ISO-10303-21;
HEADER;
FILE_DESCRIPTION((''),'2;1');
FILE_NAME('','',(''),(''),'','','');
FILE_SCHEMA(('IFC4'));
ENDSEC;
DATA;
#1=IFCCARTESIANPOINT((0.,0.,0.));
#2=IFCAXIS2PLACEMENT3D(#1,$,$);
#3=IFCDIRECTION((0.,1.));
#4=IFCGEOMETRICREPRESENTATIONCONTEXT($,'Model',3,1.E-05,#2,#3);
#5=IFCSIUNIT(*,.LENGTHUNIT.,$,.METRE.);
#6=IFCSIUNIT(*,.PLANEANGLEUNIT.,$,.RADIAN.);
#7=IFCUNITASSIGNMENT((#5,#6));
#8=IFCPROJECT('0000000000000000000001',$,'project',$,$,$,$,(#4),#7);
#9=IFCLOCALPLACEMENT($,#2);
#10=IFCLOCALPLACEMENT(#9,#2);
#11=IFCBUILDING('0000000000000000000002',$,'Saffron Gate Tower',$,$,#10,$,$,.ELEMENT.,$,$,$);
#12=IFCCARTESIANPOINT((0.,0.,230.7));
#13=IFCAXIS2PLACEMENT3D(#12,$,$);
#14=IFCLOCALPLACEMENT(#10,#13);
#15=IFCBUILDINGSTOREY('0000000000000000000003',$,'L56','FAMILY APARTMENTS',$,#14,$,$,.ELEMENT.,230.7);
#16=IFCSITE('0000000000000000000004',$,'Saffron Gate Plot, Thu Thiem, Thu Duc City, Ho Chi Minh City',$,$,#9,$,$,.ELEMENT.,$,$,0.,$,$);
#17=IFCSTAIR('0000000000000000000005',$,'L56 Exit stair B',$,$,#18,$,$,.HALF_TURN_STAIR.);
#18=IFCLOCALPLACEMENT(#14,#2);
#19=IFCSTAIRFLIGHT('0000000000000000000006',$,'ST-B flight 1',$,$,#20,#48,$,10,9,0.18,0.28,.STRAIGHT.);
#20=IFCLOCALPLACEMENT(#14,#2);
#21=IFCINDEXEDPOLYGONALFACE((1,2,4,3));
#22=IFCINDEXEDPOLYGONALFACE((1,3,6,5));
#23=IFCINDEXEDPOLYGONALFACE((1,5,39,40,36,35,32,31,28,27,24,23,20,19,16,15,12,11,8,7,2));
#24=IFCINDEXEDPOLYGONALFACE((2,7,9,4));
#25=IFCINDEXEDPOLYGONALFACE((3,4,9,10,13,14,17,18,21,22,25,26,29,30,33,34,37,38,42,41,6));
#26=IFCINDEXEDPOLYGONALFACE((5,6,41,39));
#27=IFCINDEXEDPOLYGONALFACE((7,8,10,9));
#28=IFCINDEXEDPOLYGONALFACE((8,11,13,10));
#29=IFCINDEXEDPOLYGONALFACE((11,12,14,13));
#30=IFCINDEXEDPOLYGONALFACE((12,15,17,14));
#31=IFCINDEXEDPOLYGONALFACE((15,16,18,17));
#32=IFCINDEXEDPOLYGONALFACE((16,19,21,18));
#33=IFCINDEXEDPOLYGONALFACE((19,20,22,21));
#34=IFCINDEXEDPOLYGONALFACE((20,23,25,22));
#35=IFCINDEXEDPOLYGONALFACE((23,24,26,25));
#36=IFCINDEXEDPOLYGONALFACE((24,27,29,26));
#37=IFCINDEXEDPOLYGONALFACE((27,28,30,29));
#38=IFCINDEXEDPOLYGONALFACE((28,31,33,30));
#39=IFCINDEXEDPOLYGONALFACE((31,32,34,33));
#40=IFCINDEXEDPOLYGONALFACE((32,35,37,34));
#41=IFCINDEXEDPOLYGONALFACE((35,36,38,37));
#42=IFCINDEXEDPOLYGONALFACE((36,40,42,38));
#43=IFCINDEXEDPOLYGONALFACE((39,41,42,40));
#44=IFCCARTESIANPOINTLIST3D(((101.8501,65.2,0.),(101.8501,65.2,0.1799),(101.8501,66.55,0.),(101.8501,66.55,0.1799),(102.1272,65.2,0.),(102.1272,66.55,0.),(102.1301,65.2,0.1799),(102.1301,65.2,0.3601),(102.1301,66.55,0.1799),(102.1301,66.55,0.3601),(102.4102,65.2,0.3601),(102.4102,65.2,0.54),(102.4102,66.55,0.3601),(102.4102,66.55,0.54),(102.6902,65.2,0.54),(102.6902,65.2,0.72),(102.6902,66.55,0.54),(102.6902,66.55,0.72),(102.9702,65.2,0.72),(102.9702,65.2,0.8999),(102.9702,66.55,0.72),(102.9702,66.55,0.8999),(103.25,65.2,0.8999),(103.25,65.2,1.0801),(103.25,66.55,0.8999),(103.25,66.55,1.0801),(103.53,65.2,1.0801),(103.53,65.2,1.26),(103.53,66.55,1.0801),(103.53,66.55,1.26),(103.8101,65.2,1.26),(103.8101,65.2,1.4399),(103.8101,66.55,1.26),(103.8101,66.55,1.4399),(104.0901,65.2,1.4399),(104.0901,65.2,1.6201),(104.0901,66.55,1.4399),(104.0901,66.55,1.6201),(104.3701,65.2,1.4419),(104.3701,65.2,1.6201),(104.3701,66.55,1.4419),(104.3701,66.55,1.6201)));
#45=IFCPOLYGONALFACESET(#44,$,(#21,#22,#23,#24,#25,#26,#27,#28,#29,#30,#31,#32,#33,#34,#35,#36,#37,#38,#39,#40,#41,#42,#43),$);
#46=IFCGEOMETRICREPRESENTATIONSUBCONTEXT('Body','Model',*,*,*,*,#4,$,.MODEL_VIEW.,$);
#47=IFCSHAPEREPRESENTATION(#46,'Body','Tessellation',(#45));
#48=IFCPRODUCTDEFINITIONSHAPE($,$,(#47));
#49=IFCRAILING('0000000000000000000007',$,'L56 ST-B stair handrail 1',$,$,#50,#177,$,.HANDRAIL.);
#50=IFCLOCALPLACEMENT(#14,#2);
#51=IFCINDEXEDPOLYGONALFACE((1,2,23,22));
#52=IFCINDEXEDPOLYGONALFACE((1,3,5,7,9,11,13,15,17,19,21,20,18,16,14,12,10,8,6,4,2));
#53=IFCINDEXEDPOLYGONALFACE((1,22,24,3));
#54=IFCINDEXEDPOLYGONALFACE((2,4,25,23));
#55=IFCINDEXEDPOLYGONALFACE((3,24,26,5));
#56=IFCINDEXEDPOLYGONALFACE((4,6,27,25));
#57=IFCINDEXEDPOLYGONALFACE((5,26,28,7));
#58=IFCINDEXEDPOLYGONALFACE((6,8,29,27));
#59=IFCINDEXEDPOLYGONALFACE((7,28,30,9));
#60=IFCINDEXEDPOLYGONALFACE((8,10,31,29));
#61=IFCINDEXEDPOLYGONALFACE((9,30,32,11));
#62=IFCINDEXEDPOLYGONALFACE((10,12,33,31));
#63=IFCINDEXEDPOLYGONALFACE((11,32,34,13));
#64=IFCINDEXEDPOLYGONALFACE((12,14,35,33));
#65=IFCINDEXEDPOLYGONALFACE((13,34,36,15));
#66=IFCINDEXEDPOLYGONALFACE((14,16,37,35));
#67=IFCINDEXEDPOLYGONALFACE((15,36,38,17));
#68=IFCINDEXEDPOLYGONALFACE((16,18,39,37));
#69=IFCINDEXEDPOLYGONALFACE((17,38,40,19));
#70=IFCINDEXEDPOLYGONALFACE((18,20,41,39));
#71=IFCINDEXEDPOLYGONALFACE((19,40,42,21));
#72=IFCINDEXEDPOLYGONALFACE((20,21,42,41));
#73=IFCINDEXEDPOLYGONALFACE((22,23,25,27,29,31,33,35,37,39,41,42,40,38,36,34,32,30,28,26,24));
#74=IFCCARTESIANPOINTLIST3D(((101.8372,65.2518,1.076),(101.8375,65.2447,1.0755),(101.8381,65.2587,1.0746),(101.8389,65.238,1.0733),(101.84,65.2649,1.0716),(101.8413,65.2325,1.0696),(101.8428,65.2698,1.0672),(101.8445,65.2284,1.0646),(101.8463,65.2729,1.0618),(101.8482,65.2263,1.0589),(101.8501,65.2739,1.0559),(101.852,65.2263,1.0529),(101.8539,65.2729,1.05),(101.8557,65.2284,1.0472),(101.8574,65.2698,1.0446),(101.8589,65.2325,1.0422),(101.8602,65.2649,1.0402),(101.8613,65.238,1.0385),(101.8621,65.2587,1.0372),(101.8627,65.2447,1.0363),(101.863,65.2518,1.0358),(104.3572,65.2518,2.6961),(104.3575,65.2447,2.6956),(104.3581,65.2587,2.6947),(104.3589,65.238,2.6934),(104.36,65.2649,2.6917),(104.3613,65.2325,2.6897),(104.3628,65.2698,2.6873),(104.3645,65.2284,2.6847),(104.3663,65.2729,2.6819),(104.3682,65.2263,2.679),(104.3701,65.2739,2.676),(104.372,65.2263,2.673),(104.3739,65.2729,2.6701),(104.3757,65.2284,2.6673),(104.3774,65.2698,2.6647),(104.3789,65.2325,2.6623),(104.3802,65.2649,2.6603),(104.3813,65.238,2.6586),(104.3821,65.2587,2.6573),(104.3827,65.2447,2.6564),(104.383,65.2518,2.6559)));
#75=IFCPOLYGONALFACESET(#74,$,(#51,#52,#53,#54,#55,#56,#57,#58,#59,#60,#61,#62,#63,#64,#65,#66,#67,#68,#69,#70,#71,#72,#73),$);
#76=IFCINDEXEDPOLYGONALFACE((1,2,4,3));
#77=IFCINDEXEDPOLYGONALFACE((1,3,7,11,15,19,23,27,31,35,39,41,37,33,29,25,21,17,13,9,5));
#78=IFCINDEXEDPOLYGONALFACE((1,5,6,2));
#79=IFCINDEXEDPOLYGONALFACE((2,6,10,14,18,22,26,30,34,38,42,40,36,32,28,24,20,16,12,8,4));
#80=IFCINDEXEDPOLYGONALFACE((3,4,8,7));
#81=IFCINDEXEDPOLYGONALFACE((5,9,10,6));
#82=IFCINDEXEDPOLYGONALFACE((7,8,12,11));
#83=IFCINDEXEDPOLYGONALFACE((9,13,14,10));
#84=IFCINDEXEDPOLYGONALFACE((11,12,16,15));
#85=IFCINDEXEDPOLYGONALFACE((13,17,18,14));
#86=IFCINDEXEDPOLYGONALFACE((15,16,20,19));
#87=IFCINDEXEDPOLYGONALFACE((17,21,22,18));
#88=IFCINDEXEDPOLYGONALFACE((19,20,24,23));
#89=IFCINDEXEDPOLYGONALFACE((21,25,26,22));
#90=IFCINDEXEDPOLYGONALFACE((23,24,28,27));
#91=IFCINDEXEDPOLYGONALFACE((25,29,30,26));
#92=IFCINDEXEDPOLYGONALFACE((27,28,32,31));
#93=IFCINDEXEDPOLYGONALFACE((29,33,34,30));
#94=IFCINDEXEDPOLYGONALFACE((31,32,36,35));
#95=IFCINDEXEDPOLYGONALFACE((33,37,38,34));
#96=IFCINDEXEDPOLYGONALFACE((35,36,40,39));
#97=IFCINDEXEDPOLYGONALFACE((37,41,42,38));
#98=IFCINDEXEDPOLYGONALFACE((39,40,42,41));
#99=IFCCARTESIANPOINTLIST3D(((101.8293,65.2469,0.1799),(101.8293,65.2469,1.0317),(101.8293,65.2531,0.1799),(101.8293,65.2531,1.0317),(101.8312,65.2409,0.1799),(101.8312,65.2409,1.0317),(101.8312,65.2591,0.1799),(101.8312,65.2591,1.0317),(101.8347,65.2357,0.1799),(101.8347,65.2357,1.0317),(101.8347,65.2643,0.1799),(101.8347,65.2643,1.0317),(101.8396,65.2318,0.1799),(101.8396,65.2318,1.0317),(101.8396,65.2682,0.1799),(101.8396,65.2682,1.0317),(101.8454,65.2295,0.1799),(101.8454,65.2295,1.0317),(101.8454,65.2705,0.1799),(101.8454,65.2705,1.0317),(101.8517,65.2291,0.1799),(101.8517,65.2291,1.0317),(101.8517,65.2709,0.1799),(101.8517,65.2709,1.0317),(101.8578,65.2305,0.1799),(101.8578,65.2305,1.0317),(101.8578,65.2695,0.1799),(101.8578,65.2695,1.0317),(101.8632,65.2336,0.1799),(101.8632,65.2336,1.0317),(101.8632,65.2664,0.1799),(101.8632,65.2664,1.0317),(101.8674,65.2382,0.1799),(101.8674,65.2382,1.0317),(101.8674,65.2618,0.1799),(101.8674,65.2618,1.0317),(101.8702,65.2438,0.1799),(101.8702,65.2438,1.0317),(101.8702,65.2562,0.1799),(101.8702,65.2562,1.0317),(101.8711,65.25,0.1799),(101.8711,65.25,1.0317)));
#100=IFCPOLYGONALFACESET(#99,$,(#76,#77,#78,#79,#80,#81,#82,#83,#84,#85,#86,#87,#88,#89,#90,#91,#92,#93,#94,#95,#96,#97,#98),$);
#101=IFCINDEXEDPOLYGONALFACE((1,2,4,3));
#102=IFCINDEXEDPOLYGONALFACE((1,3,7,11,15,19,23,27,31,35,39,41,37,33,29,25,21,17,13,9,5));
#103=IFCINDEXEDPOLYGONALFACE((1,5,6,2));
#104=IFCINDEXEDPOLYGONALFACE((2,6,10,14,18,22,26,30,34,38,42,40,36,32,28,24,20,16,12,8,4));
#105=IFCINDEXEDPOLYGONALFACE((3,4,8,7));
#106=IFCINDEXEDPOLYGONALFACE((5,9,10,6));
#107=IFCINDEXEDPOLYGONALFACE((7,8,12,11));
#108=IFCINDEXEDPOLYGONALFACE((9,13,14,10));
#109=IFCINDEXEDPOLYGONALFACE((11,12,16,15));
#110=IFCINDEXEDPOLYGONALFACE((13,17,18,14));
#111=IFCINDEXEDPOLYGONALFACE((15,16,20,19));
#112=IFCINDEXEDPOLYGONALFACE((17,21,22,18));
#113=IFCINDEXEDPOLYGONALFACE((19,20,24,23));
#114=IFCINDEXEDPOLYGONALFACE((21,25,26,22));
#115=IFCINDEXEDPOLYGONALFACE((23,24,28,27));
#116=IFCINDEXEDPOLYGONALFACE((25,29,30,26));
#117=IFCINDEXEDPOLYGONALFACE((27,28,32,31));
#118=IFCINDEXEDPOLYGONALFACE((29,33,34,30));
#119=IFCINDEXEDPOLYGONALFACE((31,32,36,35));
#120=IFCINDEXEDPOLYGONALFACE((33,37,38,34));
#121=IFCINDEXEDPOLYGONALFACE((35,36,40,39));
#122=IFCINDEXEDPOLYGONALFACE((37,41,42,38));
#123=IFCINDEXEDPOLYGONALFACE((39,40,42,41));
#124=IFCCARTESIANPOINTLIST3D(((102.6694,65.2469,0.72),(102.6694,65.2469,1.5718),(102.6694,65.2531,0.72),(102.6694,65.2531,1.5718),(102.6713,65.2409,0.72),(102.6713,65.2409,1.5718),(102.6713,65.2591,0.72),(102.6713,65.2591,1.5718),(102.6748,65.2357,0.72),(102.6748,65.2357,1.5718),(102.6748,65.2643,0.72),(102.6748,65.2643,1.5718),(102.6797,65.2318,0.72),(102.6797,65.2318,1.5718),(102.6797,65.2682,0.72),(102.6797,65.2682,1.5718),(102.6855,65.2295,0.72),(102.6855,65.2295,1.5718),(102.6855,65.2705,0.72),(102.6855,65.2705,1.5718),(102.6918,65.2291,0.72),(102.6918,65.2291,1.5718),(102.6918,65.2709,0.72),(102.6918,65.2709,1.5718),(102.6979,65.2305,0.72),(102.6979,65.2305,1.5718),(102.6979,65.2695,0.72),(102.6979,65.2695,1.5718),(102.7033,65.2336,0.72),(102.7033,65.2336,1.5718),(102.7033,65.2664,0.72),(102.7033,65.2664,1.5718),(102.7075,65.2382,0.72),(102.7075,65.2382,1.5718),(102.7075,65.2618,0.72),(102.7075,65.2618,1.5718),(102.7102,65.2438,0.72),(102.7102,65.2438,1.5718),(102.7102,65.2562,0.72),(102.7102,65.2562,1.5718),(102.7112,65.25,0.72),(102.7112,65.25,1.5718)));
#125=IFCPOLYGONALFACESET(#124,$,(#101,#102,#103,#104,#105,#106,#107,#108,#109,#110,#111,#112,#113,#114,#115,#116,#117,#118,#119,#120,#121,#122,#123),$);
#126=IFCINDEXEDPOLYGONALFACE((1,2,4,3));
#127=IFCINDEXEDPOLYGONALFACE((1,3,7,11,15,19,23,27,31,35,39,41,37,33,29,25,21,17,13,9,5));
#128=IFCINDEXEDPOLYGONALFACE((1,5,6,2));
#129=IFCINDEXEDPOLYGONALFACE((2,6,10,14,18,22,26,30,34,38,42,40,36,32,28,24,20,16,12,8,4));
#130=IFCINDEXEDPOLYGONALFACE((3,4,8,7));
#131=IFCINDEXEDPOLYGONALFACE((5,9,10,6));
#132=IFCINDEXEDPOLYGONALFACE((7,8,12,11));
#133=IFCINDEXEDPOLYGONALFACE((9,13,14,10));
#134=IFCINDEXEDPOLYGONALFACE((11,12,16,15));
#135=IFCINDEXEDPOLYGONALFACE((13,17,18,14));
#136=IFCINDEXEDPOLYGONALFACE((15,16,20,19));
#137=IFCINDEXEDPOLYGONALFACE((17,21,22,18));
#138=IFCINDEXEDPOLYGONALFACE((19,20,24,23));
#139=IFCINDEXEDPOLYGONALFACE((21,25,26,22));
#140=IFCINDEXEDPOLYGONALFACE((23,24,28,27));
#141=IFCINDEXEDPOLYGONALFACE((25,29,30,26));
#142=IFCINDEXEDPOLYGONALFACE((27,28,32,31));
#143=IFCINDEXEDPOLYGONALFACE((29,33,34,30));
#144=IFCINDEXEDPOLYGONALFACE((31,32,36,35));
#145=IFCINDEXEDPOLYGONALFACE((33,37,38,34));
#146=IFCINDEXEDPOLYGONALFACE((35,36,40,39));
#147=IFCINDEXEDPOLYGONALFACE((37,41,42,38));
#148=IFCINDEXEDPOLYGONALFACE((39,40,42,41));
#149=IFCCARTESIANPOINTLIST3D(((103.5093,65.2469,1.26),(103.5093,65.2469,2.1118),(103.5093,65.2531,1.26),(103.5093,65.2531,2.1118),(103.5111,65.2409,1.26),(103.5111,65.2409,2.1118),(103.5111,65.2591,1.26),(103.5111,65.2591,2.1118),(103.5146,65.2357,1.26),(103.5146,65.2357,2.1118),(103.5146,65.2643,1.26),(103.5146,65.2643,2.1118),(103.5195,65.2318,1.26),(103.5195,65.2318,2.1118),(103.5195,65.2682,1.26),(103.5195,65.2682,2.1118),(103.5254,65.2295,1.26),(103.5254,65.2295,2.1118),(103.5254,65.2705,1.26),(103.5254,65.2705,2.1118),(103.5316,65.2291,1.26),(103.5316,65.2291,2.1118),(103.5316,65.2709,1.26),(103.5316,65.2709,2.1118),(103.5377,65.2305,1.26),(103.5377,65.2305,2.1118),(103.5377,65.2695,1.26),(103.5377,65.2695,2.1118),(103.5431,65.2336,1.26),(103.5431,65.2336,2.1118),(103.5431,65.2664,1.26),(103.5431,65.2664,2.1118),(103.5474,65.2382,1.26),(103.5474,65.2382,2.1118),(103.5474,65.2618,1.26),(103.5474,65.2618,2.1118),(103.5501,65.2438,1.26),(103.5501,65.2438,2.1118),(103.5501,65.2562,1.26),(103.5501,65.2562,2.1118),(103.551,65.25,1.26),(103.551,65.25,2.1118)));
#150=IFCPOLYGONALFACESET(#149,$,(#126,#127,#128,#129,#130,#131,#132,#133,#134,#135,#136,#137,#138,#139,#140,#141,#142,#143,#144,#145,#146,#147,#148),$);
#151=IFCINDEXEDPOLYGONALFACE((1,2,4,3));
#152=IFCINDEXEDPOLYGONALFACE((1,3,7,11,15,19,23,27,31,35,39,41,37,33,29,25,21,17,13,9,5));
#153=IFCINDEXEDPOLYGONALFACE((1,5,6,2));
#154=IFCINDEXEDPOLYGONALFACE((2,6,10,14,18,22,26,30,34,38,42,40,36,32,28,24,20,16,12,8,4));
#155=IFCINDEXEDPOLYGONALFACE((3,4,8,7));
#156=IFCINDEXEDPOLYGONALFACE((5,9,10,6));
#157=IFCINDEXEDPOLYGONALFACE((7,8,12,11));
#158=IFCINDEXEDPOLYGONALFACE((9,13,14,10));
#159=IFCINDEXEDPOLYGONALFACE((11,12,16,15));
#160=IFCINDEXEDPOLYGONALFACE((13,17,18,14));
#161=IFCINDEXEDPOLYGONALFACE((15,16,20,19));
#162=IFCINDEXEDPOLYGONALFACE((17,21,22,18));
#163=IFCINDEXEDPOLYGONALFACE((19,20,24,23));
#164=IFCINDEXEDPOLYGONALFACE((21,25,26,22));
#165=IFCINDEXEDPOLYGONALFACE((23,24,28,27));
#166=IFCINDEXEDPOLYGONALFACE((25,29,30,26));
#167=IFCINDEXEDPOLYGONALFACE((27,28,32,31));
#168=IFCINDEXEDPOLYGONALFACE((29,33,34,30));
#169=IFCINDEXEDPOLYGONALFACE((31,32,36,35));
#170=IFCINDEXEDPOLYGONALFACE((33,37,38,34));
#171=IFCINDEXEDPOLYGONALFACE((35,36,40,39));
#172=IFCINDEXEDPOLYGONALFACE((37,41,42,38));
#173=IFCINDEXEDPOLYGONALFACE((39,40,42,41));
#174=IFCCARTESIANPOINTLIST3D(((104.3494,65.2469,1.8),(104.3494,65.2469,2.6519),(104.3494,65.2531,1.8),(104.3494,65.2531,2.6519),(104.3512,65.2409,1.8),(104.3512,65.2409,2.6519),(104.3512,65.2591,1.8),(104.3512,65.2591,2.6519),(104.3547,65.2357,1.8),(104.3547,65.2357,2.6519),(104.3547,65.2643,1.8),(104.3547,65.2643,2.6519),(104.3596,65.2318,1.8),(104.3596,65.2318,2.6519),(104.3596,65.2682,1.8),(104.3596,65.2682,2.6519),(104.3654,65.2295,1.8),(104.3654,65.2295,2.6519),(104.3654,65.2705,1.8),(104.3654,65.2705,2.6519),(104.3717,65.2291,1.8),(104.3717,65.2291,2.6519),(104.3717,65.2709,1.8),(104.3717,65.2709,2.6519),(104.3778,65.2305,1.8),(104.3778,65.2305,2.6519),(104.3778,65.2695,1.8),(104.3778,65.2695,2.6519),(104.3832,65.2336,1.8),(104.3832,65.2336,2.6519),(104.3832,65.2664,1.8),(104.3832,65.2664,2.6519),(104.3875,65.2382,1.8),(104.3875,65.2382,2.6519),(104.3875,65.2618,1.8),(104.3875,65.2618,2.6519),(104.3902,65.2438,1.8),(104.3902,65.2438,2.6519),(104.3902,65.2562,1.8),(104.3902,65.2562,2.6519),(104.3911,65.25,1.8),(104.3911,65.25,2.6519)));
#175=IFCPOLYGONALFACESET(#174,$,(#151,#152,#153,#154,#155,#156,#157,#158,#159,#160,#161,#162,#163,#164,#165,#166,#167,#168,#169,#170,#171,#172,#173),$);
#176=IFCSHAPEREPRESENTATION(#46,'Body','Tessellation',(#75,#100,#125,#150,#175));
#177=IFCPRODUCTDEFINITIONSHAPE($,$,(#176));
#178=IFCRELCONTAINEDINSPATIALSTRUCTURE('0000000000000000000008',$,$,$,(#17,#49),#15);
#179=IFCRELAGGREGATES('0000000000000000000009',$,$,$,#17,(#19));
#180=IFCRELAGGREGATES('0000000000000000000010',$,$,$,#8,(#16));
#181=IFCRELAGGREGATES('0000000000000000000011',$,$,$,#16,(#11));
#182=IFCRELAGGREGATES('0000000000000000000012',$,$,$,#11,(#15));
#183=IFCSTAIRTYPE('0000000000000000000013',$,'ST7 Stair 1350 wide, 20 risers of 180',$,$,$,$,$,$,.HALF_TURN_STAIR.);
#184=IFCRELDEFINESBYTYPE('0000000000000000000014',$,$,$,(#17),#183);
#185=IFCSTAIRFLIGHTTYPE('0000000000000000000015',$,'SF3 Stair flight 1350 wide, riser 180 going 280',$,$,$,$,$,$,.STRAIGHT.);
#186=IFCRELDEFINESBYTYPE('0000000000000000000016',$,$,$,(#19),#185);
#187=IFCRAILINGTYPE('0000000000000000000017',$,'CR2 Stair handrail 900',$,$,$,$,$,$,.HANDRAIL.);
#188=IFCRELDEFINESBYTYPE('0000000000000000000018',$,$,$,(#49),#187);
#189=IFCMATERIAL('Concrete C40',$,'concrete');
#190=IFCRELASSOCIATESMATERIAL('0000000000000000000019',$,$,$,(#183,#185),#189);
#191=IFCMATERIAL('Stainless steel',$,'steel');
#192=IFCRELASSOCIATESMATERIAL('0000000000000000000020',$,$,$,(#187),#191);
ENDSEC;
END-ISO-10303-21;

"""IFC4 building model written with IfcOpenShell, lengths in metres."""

from ifc_helpers import new_model, si_unit, direction, frame, origin, origin_2d, place, context, subcontext, project, spatial, polyline, circle, outline, extrude, material, type_object, element, aggregate, save


model = new_model("IFC4")

# Units and contexts
model_context = context("Model", 3, precision=1e-05, world=origin(), true_north=direction((0.0, 1.0)))
body_context = subcontext(model_context, "Body", "Model", "MODEL_VIEW")
ifc_project = project(units=[si_unit("LENGTHUNIT", "METRE"), si_unit("PLANEANGLEUNIT", "RADIAN")], contexts=[model_context])

# Site, building, storey
site_placement = place(None, origin())
site = spatial("IfcSite", under=ifc_project, at=site_placement, Name="Saffron Gate Plot, Thu Thiem, Thu Duc City, Ho Chi Minh City", CompositionType="ELEMENT", RefElevation=0.0)
building_placement = place(site_placement, origin())
building = spatial("IfcBuilding", under=site, at=building_placement, Name="Saffron Gate Tower", CompositionType="ELEMENT")
storey_placement = place(building_placement, frame((0.0, 0.0, 230.7)))
storey = spatial("IfcBuildingStorey", under=building, at=storey_placement, Name="L56", Description="FAMILY APARTMENTS", CompositionType="ELEMENT", Elevation=230.7)

# Stair, stair flight
ifc_material_1 = material(Name="Concrete C40", Category="concrete")
stair_type = type_object("IfcStairType", Name="ST7 Stair 1350 wide, 20 risers of 180", PredefinedType="HALF_TURN_STAIR", material=ifc_material_1)
stair_placement = place(storey_placement, origin())
stair = element("IfcStair", 1, at=stair_placement, inside=storey, type_object=stair_type, Name="L56 Exit stair B", PredefinedType="HALF_TURN_STAIR")
stair_flight_type = type_object("IfcStairFlightType", Name="SF3 Stair flight 1350 wide, riser 180 going 280", PredefinedType="STRAIGHT", material=ifc_material_1)
stair_flight_placement = place(storey_placement, frame((101.8501, 65.875, 0.0), z_axis=(0.0, 0.0, 1.0), x_axis=(1.0, 0.0, 0.0)))
stair_flight = element("IfcStairFlight", 2, at=stair_flight_placement, type_object=stair_flight_type, Name="ST-B flight 1", NumberOfRisers=10, NumberOfTreads=9, PredefinedType="STRAIGHT", RiserHeight=0.18, TreadLength=0.28, context=body_context, shape_type="SweptSolid", body=[
    extrude(outline(polyline([(0.0, 0.0), (0.0, 0.1799), (0.28, 0.1799), (0.28, 0.3601), (0.5601, 0.3601), (0.5601, 0.54), (0.8401, 0.54), (0.8401, 0.72), (1.1201, 0.72), (1.1201, 0.8999), (1.3999, 0.8999), (1.3999, 1.0801), (1.6799, 1.0801), (1.6799, 1.26), (1.96, 1.26), (1.96, 1.4399), (2.24, 1.4399), (2.24, 1.6201), (2.52, 1.6201), (2.52, 1.8), (2.52, 1.4419), (0.2771, 0.0), (0.0, 0.0)])), frame((0.0, 0.675, 0.0), z_axis=(0.0, -1.0, 0.0), x_axis=(1.0, 0.0, 0.0)), (0.0, 0.0, 1.0), 1.3501),
])
aggregate(stair, [stair_flight])

# Railing
ifc_material_2 = material(Name="Stainless steel", Category="steel")
railing_type_1 = type_object("IfcRailingType", Name="CR2 Stair handrail 900", PredefinedType="HANDRAIL", material=ifc_material_2)
railing_1_placement = place(storey_placement, frame((101.8501, 65.25, 0.1799)))
element("IfcRailing", 3, at=railing_1_placement, inside=storey, type_object=railing_type_1, Name="L56 ST-B stair handrail 1", PredefinedType="HANDRAIL", context=body_context, shape_type="SweptSolid", body=[
    extrude(circle(Radius=0.0239, at=origin_2d()), frame((0.0, 0.0, 0.876), z_axis=(0.841163, 0.0, 0.540782), x_axis=(0.0, 1.0, 0.0)), (0.0, 0.0, 1.0), 2.9958),
    extrude(circle(Radius=0.021, at=origin_2d()), origin(), (0.0, 0.0, 1.0), 0.8518),
    extrude(circle(Radius=0.021, at=origin_2d()), frame((0.8401, 0.0, 0.54)), (0.0, 0.0, 1.0), 0.8518),
    extrude(circle(Radius=0.021, at=origin_2d()), frame((1.6799, 0.0, 1.0801)), (0.0, 0.0, 1.0), 0.8518),
    extrude(circle(Radius=0.021, at=origin_2d()), frame((2.52, 0.0, 1.6201)), (0.0, 0.0, 1.0), 0.8518),
])

save(model, "model.ifc")
